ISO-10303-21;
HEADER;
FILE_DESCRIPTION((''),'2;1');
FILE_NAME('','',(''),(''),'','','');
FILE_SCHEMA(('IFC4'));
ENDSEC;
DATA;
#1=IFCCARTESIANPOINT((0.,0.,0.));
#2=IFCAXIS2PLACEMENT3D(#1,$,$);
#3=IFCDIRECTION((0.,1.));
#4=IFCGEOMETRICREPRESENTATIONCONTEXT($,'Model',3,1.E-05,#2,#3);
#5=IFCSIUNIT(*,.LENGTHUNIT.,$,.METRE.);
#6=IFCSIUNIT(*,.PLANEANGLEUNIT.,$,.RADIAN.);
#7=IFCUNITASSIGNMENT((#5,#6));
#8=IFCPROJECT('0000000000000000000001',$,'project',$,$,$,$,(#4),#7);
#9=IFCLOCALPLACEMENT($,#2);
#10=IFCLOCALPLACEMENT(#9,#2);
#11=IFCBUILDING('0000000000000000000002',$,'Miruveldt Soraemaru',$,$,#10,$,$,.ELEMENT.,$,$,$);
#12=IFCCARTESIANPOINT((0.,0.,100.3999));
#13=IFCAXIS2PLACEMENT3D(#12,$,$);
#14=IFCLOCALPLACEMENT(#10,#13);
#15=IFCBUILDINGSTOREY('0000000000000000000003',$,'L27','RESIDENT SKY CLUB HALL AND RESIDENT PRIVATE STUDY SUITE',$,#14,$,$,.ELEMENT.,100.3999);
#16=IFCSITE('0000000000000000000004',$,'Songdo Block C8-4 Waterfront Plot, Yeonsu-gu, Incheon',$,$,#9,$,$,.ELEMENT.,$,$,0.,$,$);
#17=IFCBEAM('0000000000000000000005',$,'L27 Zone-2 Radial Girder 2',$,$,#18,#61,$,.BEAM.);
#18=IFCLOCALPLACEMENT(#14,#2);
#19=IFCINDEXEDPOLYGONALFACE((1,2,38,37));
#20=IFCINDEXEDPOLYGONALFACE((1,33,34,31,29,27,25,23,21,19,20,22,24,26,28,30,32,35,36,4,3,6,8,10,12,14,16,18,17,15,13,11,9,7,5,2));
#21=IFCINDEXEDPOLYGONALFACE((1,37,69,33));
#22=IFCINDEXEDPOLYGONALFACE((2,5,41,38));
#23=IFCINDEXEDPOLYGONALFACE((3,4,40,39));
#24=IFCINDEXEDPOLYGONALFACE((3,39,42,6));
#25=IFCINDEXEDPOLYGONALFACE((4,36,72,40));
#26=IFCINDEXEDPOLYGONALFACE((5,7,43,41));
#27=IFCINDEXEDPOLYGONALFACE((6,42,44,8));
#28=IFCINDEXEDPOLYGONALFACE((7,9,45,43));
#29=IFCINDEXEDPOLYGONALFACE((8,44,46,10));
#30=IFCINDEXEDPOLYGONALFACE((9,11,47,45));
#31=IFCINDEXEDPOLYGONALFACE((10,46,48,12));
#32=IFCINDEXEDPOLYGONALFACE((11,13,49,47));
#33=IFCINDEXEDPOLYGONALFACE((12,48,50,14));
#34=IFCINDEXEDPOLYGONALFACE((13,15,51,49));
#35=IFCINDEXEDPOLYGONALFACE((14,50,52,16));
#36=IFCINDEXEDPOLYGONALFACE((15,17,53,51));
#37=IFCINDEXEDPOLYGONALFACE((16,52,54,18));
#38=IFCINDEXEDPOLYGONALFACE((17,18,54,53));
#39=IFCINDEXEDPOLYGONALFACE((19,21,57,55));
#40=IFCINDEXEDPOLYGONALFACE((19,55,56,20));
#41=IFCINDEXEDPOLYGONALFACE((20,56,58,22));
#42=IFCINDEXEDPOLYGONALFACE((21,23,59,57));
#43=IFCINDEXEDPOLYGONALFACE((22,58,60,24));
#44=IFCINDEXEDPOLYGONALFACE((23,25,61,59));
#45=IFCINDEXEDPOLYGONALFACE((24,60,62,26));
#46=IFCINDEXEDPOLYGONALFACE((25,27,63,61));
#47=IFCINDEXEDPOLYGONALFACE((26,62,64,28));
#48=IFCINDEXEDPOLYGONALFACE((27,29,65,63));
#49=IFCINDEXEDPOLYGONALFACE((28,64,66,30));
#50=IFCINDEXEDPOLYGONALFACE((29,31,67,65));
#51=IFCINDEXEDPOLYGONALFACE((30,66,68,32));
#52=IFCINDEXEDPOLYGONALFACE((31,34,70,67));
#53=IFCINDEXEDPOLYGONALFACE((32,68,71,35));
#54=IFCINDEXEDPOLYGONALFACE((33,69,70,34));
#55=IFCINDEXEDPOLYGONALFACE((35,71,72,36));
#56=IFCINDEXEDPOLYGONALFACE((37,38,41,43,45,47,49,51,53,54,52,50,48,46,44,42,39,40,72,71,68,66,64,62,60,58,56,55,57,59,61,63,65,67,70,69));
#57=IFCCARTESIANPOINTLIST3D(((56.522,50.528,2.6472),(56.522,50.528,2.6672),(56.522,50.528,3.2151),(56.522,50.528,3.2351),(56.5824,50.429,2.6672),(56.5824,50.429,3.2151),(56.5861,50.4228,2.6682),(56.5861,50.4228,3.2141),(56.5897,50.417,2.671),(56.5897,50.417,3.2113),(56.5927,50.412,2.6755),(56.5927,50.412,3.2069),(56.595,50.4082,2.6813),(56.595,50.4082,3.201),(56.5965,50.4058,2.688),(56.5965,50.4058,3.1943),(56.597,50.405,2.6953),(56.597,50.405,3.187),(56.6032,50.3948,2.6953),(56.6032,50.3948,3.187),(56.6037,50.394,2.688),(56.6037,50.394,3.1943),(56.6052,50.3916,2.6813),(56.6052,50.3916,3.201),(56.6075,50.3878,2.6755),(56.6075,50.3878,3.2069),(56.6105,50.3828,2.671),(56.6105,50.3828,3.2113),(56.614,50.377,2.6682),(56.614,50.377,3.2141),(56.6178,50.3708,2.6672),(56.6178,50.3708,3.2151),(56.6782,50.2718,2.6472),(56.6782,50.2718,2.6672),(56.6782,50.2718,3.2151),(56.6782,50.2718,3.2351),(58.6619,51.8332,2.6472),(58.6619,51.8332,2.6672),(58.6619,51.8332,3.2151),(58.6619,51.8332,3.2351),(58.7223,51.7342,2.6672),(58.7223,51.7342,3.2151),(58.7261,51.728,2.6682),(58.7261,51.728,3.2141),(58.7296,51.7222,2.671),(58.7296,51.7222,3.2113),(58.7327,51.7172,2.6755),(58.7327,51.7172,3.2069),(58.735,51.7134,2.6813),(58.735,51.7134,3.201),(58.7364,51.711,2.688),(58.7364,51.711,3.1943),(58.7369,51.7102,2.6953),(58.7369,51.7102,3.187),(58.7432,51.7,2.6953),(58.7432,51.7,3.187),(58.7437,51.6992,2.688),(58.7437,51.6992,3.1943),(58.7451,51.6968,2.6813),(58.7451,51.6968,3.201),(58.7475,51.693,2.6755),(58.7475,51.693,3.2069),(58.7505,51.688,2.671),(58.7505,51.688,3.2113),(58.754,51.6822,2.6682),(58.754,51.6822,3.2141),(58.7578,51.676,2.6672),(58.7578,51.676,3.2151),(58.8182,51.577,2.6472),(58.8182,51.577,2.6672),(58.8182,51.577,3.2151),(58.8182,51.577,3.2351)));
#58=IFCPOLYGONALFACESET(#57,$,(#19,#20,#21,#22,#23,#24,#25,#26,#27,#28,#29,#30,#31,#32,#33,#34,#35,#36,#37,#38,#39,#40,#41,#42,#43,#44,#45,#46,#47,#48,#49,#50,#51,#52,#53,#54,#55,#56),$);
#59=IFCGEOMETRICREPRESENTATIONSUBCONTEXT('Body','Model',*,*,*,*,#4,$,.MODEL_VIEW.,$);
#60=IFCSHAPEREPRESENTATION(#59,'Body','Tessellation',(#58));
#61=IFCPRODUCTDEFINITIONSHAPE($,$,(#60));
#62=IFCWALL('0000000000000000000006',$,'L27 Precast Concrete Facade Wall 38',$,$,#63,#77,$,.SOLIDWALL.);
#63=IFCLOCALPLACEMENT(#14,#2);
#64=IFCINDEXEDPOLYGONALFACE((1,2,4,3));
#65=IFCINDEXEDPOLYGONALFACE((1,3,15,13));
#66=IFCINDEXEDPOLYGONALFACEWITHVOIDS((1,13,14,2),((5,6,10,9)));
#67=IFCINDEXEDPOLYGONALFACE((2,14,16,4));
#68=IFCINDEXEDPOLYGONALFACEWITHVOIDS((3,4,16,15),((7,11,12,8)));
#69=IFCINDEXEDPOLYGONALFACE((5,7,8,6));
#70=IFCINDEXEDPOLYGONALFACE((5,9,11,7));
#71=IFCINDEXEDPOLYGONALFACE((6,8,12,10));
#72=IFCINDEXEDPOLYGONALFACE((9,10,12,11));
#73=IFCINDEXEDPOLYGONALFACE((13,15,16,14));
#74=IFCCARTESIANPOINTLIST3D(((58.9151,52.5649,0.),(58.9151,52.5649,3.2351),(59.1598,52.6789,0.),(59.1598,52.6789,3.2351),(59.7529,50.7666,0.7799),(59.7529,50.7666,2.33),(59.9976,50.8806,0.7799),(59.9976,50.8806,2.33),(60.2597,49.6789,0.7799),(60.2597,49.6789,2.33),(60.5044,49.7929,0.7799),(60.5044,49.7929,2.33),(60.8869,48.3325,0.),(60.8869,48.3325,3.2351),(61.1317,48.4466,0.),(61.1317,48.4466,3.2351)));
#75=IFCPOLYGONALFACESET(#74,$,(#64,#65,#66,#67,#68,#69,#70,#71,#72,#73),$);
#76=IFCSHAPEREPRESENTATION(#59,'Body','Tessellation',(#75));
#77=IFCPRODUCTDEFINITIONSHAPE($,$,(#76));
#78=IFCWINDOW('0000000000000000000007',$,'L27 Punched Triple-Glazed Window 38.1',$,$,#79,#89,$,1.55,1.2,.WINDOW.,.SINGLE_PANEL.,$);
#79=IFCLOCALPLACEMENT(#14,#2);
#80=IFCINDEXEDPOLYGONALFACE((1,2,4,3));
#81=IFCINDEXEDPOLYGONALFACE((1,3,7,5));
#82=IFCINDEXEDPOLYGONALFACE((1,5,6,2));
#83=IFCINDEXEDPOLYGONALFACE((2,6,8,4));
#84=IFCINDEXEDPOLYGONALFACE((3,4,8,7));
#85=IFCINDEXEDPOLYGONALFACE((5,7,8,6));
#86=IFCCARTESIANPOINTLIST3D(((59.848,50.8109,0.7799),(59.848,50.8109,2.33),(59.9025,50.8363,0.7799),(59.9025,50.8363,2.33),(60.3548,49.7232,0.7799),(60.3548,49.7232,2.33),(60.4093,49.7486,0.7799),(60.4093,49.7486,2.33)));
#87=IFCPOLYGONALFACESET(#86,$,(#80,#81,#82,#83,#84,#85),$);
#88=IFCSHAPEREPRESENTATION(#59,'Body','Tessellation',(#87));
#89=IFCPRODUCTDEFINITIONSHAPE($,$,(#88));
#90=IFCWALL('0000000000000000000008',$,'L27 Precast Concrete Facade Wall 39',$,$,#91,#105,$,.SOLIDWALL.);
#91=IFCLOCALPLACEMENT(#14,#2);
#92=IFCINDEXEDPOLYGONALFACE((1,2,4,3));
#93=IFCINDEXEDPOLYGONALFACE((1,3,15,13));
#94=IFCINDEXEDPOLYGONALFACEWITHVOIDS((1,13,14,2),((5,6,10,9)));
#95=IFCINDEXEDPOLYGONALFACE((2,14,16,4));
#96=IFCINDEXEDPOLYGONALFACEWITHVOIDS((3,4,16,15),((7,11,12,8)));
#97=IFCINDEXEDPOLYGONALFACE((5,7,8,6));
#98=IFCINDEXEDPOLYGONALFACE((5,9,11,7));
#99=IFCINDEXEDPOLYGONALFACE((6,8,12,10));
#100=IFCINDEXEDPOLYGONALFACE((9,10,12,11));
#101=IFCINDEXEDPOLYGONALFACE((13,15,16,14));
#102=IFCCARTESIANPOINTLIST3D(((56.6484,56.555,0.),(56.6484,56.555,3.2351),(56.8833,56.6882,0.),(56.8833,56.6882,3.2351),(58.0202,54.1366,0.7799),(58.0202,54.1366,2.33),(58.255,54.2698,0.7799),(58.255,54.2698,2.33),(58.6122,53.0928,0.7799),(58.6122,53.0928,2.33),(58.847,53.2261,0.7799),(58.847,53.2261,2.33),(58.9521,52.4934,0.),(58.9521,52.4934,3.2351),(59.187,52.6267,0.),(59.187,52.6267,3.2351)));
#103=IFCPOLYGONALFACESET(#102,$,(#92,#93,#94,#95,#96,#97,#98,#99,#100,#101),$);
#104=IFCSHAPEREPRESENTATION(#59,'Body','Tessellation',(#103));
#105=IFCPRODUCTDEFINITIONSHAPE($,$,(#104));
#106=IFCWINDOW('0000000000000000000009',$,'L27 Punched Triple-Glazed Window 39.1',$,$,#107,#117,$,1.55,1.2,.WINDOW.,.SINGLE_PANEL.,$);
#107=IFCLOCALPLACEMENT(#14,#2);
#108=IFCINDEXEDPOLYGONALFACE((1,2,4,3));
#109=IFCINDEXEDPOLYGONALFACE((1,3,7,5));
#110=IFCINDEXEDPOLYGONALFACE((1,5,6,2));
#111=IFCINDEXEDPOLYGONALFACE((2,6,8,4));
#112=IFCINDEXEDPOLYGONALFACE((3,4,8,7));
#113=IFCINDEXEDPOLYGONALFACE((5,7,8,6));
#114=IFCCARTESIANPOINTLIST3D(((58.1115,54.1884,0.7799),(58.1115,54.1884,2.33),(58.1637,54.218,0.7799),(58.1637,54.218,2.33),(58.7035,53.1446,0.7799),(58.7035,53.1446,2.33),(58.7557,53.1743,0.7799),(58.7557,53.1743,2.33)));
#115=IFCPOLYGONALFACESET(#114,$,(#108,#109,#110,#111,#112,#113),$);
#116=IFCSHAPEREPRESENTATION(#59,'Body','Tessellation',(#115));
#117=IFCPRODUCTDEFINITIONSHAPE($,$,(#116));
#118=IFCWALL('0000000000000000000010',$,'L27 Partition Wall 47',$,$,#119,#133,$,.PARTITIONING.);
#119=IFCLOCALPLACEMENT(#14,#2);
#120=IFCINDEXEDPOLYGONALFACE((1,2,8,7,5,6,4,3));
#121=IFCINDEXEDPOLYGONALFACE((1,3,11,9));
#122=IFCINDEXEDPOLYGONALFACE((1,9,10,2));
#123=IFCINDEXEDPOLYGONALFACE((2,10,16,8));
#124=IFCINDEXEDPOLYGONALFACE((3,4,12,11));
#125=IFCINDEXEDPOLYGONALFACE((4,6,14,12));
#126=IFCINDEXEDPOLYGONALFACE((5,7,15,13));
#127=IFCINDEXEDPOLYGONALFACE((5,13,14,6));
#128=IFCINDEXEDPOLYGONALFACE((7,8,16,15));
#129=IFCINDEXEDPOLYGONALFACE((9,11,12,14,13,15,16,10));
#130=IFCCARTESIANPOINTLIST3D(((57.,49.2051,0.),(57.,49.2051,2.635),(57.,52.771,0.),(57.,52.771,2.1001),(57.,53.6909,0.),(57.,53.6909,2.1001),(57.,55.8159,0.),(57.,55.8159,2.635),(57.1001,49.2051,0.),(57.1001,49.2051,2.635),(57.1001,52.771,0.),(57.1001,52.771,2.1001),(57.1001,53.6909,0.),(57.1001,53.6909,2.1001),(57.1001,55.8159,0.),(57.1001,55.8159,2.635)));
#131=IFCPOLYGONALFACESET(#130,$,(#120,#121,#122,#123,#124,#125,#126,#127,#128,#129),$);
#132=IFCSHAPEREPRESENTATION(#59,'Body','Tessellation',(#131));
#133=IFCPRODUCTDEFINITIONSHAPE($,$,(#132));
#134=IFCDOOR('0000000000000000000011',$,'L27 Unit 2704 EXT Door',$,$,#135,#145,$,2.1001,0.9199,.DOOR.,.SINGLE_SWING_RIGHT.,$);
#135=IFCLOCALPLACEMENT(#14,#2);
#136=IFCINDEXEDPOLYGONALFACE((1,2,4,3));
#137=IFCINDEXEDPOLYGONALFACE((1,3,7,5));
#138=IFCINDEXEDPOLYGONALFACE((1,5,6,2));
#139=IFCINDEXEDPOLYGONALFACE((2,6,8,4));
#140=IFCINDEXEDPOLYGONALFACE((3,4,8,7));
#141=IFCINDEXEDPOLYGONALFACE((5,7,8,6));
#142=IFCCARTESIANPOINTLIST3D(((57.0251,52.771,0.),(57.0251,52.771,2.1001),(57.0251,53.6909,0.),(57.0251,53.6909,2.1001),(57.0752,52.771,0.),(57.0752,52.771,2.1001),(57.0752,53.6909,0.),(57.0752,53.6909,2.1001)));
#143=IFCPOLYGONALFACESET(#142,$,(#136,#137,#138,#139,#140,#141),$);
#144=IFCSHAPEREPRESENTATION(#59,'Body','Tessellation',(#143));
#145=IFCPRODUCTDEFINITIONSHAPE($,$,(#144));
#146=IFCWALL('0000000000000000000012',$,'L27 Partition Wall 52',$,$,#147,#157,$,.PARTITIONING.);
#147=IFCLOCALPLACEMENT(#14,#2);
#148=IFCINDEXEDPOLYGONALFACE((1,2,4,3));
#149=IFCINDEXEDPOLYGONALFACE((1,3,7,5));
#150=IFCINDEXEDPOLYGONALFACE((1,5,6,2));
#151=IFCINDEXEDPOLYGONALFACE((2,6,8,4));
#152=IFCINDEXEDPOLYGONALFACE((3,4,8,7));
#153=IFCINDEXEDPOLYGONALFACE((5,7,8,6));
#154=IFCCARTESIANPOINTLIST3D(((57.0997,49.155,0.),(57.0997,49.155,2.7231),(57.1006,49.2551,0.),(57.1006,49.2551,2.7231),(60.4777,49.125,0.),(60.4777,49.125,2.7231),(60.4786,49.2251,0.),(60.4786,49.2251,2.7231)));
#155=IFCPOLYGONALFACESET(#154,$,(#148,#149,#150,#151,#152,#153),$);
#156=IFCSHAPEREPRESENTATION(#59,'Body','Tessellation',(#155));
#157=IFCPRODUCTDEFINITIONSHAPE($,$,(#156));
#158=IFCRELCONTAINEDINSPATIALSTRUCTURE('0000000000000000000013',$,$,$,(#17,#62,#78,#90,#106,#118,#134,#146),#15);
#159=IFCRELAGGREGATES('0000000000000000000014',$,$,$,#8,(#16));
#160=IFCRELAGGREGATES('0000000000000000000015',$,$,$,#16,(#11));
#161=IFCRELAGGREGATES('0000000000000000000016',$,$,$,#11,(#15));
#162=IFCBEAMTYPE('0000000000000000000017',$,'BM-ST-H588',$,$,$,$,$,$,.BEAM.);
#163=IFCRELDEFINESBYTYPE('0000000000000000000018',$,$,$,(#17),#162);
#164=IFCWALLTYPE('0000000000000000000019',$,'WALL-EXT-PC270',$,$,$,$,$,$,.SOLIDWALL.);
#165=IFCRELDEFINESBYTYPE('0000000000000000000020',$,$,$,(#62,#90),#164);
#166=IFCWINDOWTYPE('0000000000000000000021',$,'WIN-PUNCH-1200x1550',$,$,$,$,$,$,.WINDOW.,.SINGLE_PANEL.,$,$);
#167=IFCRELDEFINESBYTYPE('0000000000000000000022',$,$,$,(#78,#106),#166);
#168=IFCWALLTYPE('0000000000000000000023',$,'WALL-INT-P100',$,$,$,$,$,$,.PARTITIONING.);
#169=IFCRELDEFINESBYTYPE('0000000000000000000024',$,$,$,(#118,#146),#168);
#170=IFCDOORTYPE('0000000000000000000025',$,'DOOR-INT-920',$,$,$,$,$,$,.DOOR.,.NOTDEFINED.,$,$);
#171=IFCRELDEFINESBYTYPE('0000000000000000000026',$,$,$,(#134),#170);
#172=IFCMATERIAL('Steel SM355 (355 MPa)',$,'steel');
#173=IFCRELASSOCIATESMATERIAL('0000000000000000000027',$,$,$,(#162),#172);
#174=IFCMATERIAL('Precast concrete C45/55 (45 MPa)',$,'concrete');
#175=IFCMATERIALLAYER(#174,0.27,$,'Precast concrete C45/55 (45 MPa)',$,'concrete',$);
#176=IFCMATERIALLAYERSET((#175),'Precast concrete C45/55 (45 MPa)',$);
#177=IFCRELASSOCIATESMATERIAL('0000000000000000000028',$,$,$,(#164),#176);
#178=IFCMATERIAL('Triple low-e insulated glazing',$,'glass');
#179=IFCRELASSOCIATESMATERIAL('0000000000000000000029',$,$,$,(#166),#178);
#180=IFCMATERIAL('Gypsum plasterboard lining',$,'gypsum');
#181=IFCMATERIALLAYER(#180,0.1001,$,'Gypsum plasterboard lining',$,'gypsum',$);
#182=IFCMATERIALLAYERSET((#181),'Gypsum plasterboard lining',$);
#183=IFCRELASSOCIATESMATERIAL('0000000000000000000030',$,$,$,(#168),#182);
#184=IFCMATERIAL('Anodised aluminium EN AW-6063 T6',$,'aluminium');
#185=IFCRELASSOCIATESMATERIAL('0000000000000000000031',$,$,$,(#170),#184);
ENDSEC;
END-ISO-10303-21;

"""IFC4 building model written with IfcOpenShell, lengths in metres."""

from ifc_helpers import new_model, si_unit, direction, frame, frame_2d, origin, origin_2d, place, context, subcontext, project, spatial, rectangle, i_section, extrude, material, layer, layer_set, material_profile, profile_set, type_object, element, fill, save


model = new_model("IFC4")

# Units and contexts
model_context = context("Model", 3, precision=1e-05, world=origin(), true_north=direction((0.0, 1.0)))
body_context = subcontext(model_context, "Body", "Model", "MODEL_VIEW")
ifc_project = project(units=[si_unit("LENGTHUNIT", "METRE"), si_unit("PLANEANGLEUNIT", "RADIAN")], contexts=[model_context])

# Site, building, storey
site_placement = place(None, origin())
site = spatial("IfcSite", under=ifc_project, at=site_placement, Name="Songdo Block C8-4 Waterfront Plot, Yeonsu-gu, Incheon", CompositionType="ELEMENT", RefElevation=0.0)
building_placement = place(site_placement, origin())
building = spatial("IfcBuilding", under=site, at=building_placement, Name="Miruveldt Soraemaru", CompositionType="ELEMENT")
storey_placement = place(building_placement, frame((0.0, 0.0, 100.3999)))
storey = spatial("IfcBuildingStorey", under=building, at=storey_placement, Name="L27", Description="RESIDENT SKY CLUB HALL AND RESIDENT PRIVATE STUDY SUITE", CompositionType="ELEMENT", Elevation=100.3999)

# Beam
ifc_material_1 = material(Name="Steel SM355 (355 MPa)", Category="steel")
ifc_material_profile_1 = material_profile(ifc_material_1, i_section(OverallWidth=0.3, OverallDepth=0.5879, WebThickness=0.012, FlangeThickness=0.02, FilletRadius=0.0281, at=origin_2d()), Name="Steel SM355 (355 MPa)", Category="steel")
ifc_profile_set_1 = profile_set([ifc_material_profile_1], Name="Steel SM355 (355 MPa)")
beam_type_1 = type_object("IfcBeamType", Name="BM-ST-H588", PredefinedType="BEAM", material=ifc_profile_set_1)
beam_1_placement = place(storey_placement, frame((56.6001, 50.3999, 2.9412), z_axis=(0.853732, 0.520713, 0.0), x_axis=(-0.520713, 0.853732, 0.0)))
element("IfcBeam", 1, at=beam_1_placement, inside=storey, type_object=beam_type_1, Name="L27 Zone-2 Radial Girder 2", PredefinedType="BEAM", context=body_context, shape_type="SweptSolid", body=[
    extrude(i_section(OverallWidth=0.3, OverallDepth=0.5879, WebThickness=0.012, FlangeThickness=0.02, FilletRadius=0.0281, at=origin_2d()), origin(), (0.0, 0.0, 1.0), 2.5066),
])

# Walls, openings, windows
ifc_material_2 = material(Name="Precast concrete C45/55 (45 MPa)", Category="concrete")
ifc_layer_1 = layer(ifc_material_2, 0.27, Name="Precast concrete C45/55 (45 MPa)", Category="concrete")
ifc_layer_set_1 = layer_set([ifc_layer_1], Name="Precast concrete C45/55 (45 MPa)")
wall_type_1 = type_object("IfcWallType", Name="WALL-EXT-PC270", PredefinedType="SOLIDWALL", material=ifc_layer_set_1)
wall_1_placement = place(storey_placement, frame((61.0093, 48.3896, 0.0), z_axis=(0.0, 0.0, 1.0), x_axis=(-0.422321, 0.906446, 0.0)))
wall_1 = element("IfcWall", 2, at=wall_1_placement, inside=storey, type_object=wall_type_1, Name="L27 Precast Concrete Facade Wall 38", PredefinedType="SOLIDWALL", context=body_context, shape_type="SweptSolid", body=[
    extrude(rectangle(XDim=4.6692, YDim=0.27, at=frame_2d((2.3345, 0.0))), origin(), (0.0, 0.0, 1.0), 3.2351),
])
opening_1_placement = place(wall_1_placement, frame((1.4851, 0.0, 0.78)))
opening_1 = element("IfcOpeningElement", 3, at=opening_1_placement, cuts=wall_1, PredefinedType="OPENING", context=body_context, shape_type="SweptSolid", body=[
    extrude(rectangle(XDim=1.2, YDim=1.55, at=frame_2d((0.6001, 0.7749))), frame((0.0, 0.145, 0.0), z_axis=(0.0, -1.0, 0.0), x_axis=(1.0, 0.0, 0.0)), (0.0, 0.0, 1.0), 0.29),
])
ifc_material_3 = material(Name="Triple low-e insulated glazing", Category="glass")
window_type = type_object("IfcWindowType", Name="WIN-PUNCH-1200x1550", PartitioningType="SINGLE_PANEL", PredefinedType="WINDOW", material=ifc_material_3)
window_1_placement = place(opening_1_placement, origin())
window_1 = element("IfcWindow", 4, at=window_1_placement, inside=storey, type_object=window_type, Name="L27 Punched Triple-Glazed Window 38.1", OverallHeight=1.55, OverallWidth=1.2, PartitioningType="SINGLE_PANEL", PredefinedType="WINDOW", context=body_context, shape_type="SweptSolid", body=[
    extrude(rectangle(XDim=1.2, YDim=1.55, at=frame_2d((0.6001, 0.7749))), frame((0.0, 0.03, 0.0), z_axis=(0.0, -1.0, 0.0), x_axis=(1.0, 0.0, 0.0)), (0.0, 0.0, 1.0), 0.0601),
])
fill(opening_1, window_1)
wall_2_placement = place(storey_placement, frame((59.0696, 52.5601, 0.0), z_axis=(0.0, 0.0, 1.0), x_axis=(-0.493366, 0.869822, 0.0)))
wall_2 = element("IfcWall", 5, at=wall_2_placement, inside=storey, type_object=wall_type_1, Name="L27 Precast Concrete Facade Wall 39", PredefinedType="SOLIDWALL", context=body_context, shape_type="SweptSolid", body=[
    extrude(rectangle(XDim=4.6694, YDim=0.27, at=frame_2d((2.3347, 0.0))), origin(), (0.0, 0.0, 1.0), 3.2351),
])
opening_2_placement = place(wall_2_placement, frame((0.689, 0.0, 0.78)))
opening_2 = element("IfcOpeningElement", 6, at=opening_2_placement, cuts=wall_2, PredefinedType="OPENING", context=body_context, shape_type="SweptSolid", body=[
    extrude(rectangle(XDim=1.2, YDim=1.55, at=frame_2d((0.6001, 0.7749))), frame((0.0, 0.145, 0.0), z_axis=(0.0, -1.0, 0.0), x_axis=(1.0, 0.0, 0.0)), (0.0, 0.0, 1.0), 0.29),
])
window_2_placement = place(opening_2_placement, origin())
window_2 = element("IfcWindow", 7, at=window_2_placement, inside=storey, type_object=window_type, Name="L27 Punched Triple-Glazed Window 39.1", OverallHeight=1.55, OverallWidth=1.2, PartitioningType="SINGLE_PANEL", PredefinedType="WINDOW", context=body_context, shape_type="SweptSolid", body=[
    extrude(rectangle(XDim=1.2, YDim=1.55, at=frame_2d((0.6001, 0.7749))), frame((0.0, 0.03, 0.0), z_axis=(0.0, -1.0, 0.0), x_axis=(1.0, 0.0, 0.0)), (0.0, 0.0, 1.0), 0.0601),
])
fill(opening_2, window_2)

# Wall, opening, door
ifc_material_4 = material(Name="Gypsum plasterboard lining", Category="gypsum")
ifc_layer_2 = layer(ifc_material_4, 0.1001, Name="Gypsum plasterboard lining", Category="gypsum")
ifc_layer_set_2 = layer_set([ifc_layer_2], Name="Gypsum plasterboard lining")
wall_type_2 = type_object("IfcWallType", Name="WALL-INT-P100", PredefinedType="PARTITIONING", material=ifc_layer_set_2)
wall_3_placement = place(storey_placement, frame((57.05, 49.2051, 0.0), z_axis=(0.0, 0.0, 1.0), x_axis=(0.0, 1.0, 0.0)))
wall_3 = element("IfcWall", 8, at=wall_3_placement, inside=storey, type_object=wall_type_2, Name="L27 Partition Wall 47", PredefinedType="PARTITIONING", context=body_context, shape_type="SweptSolid", body=[
    extrude(rectangle(XDim=6.6108, YDim=0.1001, at=frame_2d((3.3054, 0.0))), origin(), (0.0, 0.0, 1.0), 2.635),
])
opening_3_placement = place(wall_3_placement, frame((3.5659, 0.0, 0.0)))
opening_3 = element("IfcOpeningElement", 9, at=opening_3_placement, cuts=wall_3, PredefinedType="OPENING", context=body_context, shape_type="SweptSolid", body=[
    extrude(rectangle(XDim=0.9199, YDim=2.1001, at=frame_2d((0.46, 1.05))), frame((0.0, 0.0601, 0.0), z_axis=(0.0, -1.0, 0.0), x_axis=(1.0, 0.0, 0.0)), (0.0, 0.0, 1.0), 0.1201),
])
ifc_material_5 = material(Name="Anodised aluminium EN AW-6063 T6", Category="aluminium")
door_type_1 = type_object("IfcDoorType", Name="DOOR-INT-920", OperationType="NOTDEFINED", PredefinedType="DOOR", material=ifc_material_5)
door_1_placement = place(opening_3_placement, origin())
door_1 = element("IfcDoor", 10, at=door_1_placement, inside=storey, type_object=door_type_1, Name="L27 Unit 2704 EXT Door", OperationType="SINGLE_SWING_RIGHT", OverallHeight=2.1001, OverallWidth=0.9199, PredefinedType="DOOR", context=body_context, shape_type="SweptSolid", body=[
    extrude(rectangle(XDim=0.9199, YDim=2.1001, at=frame_2d((0.46, 1.05))), frame((0.0, 0.0249, 0.0), z_axis=(0.0, -1.0, 0.0), x_axis=(1.0, 0.0, 0.0)), (0.0, 0.0, 1.0), 0.05),
])
fill(opening_3, door_1)

# Wall
wall_4_placement = place(storey_placement, frame((60.478, 49.175, 0.0), z_axis=(0.0, 0.0, 1.0), x_axis=(-0.99996, 0.00889, 0.0)))
element("IfcWall", 11, at=wall_4_placement, inside=storey, type_object=wall_type_2, Name="L27 Partition Wall 52", PredefinedType="PARTITIONING", context=body_context, shape_type="SweptSolid", body=[
    extrude(rectangle(XDim=3.3782, YDim=0.1001, at=frame_2d((1.689, 0.0))), origin(), (0.0, 0.0, 1.0), 2.7231),
])

save(model, "model.ifc")
